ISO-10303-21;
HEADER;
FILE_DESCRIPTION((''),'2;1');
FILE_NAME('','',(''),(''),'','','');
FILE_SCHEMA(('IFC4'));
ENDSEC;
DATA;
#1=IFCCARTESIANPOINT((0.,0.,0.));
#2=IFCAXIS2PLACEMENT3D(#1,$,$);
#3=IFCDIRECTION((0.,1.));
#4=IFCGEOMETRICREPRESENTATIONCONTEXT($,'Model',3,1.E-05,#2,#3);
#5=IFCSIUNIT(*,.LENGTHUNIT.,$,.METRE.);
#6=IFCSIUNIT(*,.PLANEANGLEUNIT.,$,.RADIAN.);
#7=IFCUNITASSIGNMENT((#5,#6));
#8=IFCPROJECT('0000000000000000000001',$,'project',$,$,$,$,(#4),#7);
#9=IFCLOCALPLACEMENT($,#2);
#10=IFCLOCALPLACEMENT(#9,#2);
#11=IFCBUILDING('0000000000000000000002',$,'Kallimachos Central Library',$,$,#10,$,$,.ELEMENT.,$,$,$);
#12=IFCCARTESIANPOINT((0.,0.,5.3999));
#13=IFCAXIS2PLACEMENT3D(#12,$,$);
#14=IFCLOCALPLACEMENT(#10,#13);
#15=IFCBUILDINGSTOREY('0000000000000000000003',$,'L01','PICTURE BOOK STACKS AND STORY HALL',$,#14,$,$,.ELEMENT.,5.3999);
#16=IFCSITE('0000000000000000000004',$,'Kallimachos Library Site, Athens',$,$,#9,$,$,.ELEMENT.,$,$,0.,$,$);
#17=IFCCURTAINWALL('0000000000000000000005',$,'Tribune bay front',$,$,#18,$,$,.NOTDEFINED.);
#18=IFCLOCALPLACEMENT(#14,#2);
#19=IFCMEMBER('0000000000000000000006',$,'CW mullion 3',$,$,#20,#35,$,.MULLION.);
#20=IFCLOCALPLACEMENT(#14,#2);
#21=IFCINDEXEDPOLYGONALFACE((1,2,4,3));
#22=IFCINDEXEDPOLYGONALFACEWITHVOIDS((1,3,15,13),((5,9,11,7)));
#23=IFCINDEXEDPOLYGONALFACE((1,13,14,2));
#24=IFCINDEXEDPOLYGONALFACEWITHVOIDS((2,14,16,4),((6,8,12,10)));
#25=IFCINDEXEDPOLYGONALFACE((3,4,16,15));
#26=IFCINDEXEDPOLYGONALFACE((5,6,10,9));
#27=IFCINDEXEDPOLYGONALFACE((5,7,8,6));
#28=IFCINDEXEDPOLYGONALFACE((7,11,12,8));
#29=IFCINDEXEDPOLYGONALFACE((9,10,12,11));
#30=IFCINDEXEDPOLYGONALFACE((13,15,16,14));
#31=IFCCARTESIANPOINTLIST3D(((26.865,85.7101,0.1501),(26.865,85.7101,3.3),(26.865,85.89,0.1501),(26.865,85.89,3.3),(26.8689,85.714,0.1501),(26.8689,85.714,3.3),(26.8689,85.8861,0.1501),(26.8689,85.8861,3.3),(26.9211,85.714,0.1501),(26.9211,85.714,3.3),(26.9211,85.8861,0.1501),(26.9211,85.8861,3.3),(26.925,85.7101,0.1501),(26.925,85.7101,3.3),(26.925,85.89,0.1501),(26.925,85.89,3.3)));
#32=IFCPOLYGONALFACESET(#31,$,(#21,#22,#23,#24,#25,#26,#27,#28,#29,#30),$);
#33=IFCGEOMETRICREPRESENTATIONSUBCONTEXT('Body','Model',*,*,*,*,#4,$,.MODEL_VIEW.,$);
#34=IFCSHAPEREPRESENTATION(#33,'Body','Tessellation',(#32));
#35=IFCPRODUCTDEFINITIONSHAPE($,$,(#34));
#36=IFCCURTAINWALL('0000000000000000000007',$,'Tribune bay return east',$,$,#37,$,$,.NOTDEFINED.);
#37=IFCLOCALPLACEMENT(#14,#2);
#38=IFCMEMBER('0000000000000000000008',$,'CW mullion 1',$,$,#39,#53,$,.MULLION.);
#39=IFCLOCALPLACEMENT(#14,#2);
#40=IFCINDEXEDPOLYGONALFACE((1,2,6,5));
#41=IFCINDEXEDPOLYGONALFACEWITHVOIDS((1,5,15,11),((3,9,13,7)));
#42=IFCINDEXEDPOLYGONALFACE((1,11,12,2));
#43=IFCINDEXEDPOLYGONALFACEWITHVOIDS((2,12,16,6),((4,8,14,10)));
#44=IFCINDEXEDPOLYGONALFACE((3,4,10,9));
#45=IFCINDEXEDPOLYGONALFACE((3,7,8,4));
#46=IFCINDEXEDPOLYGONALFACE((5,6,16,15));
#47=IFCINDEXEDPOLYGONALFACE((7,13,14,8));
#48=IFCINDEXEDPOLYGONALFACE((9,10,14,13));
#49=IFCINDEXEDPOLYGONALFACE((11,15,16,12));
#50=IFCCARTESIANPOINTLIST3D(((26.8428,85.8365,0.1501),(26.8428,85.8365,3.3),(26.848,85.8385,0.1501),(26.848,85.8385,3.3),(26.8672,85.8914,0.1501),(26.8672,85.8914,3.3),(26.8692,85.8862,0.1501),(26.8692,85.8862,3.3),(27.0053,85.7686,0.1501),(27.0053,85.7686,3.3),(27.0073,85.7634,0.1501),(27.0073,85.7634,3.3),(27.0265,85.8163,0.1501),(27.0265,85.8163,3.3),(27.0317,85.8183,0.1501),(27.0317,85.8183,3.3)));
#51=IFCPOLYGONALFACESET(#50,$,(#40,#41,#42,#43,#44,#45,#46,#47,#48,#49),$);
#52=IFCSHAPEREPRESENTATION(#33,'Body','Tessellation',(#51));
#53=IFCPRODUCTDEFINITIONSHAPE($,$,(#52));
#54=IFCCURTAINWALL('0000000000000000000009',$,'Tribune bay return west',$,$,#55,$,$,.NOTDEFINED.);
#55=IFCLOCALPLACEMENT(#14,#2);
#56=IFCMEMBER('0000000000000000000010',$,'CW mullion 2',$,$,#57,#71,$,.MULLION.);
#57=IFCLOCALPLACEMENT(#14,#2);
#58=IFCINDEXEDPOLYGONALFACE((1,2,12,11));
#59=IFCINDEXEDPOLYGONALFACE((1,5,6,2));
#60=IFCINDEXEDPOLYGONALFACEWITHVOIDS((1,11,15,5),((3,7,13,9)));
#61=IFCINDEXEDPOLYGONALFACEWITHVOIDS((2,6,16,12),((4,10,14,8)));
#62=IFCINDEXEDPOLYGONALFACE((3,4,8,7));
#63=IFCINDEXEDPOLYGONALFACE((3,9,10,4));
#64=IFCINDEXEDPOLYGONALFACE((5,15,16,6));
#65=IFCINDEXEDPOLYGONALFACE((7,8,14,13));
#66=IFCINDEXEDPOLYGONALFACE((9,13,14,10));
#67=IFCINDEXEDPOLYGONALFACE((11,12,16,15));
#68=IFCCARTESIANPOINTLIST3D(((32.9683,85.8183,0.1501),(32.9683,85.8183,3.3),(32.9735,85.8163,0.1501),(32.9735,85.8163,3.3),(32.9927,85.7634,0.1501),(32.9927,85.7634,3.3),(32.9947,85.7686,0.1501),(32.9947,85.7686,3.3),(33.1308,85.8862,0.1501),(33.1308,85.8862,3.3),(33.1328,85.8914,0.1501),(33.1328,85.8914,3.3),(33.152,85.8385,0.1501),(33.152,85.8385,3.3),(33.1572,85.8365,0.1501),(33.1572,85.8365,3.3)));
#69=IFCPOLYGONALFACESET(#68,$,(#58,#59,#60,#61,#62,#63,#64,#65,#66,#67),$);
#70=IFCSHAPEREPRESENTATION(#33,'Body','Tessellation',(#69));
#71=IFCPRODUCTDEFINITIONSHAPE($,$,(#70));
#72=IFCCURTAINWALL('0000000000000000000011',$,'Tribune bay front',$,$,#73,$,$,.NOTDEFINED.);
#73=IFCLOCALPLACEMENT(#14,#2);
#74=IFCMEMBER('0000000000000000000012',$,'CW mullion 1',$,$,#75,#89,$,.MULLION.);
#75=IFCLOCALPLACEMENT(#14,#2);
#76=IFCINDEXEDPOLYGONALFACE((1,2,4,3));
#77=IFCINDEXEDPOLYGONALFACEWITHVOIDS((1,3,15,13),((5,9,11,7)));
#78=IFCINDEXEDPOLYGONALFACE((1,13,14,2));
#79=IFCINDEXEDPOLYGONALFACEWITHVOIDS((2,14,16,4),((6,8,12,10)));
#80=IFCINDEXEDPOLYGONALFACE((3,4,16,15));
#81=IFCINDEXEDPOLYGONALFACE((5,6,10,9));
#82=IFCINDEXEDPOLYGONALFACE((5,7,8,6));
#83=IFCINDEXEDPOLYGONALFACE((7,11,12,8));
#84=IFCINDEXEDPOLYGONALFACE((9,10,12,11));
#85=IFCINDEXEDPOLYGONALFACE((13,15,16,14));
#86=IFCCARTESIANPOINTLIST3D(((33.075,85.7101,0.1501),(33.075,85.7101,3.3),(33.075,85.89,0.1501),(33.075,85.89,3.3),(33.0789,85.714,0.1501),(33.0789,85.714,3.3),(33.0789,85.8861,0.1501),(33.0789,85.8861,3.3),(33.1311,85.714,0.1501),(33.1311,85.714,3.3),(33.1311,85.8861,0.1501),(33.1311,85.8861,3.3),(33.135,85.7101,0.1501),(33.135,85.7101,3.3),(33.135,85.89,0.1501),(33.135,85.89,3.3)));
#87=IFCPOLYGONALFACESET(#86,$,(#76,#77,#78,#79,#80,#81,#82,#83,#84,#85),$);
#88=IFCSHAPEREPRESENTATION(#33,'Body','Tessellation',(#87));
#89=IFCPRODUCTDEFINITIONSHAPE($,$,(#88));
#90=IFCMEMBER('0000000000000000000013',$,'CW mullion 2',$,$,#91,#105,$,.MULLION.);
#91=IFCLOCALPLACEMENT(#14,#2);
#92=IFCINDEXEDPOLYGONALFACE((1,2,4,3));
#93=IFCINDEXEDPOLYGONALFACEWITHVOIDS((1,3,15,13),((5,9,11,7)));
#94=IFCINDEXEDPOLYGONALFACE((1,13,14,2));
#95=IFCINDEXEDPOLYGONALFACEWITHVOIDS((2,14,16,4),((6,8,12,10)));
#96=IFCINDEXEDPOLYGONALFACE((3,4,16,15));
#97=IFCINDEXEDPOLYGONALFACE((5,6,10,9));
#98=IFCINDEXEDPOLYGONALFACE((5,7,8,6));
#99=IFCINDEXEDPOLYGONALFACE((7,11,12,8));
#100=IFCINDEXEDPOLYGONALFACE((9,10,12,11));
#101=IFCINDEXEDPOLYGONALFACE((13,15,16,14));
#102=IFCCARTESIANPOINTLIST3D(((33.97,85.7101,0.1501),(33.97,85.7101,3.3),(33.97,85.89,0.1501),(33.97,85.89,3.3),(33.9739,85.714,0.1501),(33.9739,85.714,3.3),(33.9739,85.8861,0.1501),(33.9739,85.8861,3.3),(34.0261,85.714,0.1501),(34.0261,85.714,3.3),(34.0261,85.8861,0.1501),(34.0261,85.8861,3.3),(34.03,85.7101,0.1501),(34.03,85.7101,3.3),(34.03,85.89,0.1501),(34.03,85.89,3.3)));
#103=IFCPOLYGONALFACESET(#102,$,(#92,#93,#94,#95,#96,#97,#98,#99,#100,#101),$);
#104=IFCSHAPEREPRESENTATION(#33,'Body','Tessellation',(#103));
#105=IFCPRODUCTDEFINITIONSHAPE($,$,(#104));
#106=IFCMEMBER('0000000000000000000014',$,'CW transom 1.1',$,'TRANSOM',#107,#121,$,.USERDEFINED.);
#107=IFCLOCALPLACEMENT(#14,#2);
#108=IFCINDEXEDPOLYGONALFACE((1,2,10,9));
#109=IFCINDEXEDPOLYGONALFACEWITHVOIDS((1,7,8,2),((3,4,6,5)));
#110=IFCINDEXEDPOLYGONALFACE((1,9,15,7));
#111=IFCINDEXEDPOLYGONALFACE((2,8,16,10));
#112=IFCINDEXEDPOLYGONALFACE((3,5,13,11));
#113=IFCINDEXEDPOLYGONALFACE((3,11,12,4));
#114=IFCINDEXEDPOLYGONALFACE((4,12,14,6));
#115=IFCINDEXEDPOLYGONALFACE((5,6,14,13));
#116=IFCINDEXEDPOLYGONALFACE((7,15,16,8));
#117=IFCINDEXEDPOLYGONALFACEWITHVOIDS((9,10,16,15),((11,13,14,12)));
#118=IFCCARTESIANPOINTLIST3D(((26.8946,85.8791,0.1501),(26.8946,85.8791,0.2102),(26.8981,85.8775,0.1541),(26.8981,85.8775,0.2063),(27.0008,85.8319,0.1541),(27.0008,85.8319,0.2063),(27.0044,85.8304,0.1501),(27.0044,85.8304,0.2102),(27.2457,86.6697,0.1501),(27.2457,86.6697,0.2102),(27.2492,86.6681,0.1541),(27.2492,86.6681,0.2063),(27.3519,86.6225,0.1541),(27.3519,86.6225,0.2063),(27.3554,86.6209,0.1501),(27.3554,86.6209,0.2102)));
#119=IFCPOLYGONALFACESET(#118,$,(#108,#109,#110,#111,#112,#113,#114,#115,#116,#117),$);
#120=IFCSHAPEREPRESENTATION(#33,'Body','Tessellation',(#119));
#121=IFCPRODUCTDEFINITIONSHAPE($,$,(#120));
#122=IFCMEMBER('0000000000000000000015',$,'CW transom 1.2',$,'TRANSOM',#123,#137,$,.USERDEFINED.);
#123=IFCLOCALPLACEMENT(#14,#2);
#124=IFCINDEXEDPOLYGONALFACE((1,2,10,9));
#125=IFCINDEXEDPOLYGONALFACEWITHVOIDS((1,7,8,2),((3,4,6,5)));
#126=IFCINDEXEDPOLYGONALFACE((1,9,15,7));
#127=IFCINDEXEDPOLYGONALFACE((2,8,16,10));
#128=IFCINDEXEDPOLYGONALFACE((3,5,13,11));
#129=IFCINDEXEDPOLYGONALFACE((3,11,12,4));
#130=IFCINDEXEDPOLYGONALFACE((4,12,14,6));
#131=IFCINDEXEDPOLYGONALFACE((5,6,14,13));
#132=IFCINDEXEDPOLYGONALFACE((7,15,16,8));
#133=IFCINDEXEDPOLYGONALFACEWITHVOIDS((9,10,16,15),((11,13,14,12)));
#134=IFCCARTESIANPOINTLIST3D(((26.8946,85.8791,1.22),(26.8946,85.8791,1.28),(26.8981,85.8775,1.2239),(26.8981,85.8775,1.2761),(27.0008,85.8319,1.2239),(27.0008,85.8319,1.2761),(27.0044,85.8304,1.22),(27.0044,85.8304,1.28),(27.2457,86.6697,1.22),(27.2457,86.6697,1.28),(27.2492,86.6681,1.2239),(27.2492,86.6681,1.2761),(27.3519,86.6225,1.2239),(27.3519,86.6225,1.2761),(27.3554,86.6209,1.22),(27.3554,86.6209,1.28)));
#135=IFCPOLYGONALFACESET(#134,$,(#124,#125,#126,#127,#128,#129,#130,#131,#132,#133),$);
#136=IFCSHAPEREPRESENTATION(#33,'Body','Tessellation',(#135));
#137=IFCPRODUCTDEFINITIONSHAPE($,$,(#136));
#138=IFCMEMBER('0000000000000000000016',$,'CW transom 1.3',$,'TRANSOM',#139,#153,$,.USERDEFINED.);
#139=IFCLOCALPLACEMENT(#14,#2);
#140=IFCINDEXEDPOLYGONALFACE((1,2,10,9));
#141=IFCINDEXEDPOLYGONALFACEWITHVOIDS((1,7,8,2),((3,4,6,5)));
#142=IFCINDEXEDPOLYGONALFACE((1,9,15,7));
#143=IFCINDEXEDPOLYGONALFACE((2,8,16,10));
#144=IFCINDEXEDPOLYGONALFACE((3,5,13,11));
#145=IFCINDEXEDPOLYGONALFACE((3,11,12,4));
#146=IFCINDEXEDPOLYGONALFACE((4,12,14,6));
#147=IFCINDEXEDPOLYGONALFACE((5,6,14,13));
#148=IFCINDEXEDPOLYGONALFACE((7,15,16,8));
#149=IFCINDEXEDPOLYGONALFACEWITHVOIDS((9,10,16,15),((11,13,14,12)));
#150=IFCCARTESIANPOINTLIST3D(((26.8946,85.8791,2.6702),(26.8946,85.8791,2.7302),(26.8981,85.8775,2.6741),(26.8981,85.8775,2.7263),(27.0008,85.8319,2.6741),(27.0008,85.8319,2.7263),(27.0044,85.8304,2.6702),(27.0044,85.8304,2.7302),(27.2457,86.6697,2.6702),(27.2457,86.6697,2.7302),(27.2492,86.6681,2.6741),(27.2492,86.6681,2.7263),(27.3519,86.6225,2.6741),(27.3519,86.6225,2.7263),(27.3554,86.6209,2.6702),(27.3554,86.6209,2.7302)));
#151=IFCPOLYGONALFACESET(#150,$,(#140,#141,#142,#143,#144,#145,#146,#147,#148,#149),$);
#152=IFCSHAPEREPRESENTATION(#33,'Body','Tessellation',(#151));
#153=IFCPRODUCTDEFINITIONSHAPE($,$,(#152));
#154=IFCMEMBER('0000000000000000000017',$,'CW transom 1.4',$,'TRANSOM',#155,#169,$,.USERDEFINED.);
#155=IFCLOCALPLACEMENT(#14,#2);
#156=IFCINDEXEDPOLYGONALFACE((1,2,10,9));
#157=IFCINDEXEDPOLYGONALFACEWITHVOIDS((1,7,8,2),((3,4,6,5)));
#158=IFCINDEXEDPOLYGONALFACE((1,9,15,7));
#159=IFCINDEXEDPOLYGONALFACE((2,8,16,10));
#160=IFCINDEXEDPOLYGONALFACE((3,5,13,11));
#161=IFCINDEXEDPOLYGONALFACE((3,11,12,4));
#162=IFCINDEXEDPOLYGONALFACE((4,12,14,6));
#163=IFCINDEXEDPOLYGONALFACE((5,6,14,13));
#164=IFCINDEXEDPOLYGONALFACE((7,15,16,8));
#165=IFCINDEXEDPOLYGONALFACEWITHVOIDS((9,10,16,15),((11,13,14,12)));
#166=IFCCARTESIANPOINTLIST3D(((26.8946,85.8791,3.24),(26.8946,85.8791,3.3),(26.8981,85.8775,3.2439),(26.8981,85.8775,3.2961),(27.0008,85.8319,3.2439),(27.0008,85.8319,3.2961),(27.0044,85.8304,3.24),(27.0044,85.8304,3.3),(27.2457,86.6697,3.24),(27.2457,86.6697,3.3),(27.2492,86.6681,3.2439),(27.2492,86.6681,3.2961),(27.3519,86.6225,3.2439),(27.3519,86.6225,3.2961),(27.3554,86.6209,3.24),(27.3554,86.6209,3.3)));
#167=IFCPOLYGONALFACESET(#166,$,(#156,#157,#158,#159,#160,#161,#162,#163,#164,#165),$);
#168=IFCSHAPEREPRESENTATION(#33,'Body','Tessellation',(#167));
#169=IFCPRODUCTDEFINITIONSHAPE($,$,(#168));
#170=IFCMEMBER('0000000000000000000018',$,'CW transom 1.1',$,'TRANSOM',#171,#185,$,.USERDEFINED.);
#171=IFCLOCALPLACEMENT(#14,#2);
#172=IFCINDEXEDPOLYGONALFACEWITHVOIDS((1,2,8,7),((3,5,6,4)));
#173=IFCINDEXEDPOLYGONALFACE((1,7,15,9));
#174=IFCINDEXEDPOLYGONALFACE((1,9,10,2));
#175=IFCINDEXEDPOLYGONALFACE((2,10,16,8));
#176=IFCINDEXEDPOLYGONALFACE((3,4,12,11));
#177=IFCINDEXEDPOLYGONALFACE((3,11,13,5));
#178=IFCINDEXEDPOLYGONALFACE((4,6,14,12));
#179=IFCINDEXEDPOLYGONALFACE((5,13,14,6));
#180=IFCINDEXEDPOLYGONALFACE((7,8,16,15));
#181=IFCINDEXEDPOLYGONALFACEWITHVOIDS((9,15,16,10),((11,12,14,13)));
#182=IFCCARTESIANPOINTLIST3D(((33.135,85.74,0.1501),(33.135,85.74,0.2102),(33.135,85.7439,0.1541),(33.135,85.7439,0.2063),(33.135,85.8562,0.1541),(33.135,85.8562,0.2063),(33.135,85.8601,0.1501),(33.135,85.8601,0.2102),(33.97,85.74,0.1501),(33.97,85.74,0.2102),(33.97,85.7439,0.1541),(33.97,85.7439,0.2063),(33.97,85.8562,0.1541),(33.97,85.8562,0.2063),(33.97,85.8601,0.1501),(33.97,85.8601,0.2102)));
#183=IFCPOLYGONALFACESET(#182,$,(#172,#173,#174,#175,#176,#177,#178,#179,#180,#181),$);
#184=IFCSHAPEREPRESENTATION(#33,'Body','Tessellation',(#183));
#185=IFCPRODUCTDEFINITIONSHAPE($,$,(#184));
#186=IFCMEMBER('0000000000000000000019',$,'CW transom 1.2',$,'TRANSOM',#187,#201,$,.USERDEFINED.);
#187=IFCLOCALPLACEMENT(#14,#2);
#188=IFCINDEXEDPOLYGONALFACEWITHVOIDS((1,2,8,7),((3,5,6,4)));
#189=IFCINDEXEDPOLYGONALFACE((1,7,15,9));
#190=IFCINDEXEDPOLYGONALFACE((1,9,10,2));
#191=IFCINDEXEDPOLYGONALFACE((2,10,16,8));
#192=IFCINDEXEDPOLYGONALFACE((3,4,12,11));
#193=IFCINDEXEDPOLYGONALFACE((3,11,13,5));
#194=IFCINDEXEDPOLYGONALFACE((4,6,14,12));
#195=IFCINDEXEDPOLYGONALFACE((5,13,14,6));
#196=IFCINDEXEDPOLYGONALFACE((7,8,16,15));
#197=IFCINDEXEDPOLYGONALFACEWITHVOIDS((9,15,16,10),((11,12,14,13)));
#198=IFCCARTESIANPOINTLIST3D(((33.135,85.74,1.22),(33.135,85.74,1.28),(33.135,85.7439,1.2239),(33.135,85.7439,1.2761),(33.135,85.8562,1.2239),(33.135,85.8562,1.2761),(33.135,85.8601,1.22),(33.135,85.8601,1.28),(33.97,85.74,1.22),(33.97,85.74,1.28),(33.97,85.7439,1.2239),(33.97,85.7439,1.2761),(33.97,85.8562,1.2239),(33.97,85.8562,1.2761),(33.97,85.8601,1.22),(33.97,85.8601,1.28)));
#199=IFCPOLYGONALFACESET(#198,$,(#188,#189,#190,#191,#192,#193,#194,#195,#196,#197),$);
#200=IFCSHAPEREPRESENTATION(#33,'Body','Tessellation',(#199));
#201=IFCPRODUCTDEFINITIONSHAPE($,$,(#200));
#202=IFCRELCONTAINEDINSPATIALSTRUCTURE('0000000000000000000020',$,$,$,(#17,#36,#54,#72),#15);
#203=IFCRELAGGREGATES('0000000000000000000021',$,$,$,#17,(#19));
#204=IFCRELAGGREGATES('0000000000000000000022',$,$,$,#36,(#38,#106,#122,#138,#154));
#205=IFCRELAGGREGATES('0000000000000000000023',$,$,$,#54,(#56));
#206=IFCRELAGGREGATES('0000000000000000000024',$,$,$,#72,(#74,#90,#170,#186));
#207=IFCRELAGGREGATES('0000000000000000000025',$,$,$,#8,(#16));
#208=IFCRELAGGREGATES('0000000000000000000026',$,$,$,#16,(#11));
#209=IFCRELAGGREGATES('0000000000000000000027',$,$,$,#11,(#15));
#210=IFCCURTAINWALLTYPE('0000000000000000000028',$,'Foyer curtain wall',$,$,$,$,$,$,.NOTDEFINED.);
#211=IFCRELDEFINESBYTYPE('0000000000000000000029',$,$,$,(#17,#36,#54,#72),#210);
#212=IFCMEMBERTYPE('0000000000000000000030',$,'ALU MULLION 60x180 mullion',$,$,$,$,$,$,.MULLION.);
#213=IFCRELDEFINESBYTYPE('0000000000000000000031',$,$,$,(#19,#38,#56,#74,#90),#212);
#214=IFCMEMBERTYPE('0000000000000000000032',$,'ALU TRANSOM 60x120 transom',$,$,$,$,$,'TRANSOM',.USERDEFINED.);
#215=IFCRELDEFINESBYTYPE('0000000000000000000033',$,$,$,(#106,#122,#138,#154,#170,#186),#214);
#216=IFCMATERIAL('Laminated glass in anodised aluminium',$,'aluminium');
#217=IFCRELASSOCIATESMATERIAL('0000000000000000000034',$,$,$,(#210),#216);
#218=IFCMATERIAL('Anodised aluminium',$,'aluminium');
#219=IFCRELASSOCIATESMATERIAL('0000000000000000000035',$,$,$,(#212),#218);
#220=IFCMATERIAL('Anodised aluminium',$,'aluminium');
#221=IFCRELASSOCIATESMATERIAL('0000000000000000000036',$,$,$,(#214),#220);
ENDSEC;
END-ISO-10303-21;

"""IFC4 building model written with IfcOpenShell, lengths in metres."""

from ifc_helpers import new_model, si_unit, direction, frame, origin, origin_2d, place, context, subcontext, project, spatial, hollow_rectangle, extrude, material, material_profile, profile_set, type_object, element, aggregate, save


model = new_model("IFC4")

# Units and contexts
model_context = context("Model", 3, precision=1e-05, world=origin(), true_north=direction((0.0, 1.0)))
body_context = subcontext(model_context, "Body", "Model", "MODEL_VIEW")
ifc_project = project(units=[si_unit("LENGTHUNIT", "METRE"), si_unit("PLANEANGLEUNIT", "RADIAN")], contexts=[model_context])

# Site, building, storey
site_placement = place(None, origin())
site = spatial("IfcSite", under=ifc_project, at=site_placement, Name="Kallimachos Library Site, Athens", CompositionType="ELEMENT", RefElevation=0.0)
building_placement = place(site_placement, origin())
building = spatial("IfcBuilding", under=site, at=building_placement, Name="Kallimachos Central Library", CompositionType="ELEMENT")
storey_placement = place(building_placement, frame((0.0, 0.0, 5.3999)))
storey = spatial("IfcBuildingStorey", under=building, at=storey_placement, Name="L01", Description="PICTURE BOOK STACKS AND STORY HALL", CompositionType="ELEMENT", Elevation=5.3999)

# Curtain walls, members
ifc_material_1 = material(Name="Laminated glass in anodised aluminium", Category="aluminium")
curtain_wall_type = type_object("IfcCurtainWallType", Name="Foyer curtain wall", PredefinedType="NOTDEFINED", material=ifc_material_1)
curtain_wall_1_placement = place(storey_placement, origin())
curtain_wall_1 = element("IfcCurtainWall", 1, at=curtain_wall_1_placement, inside=storey, type_object=curtain_wall_type, Name="Tribune bay front", PredefinedType="NOTDEFINED")
ifc_material_2 = material(Name="Anodised aluminium", Category="aluminium")
ifc_material_profile_1 = material_profile(ifc_material_2, hollow_rectangle(XDim=0.0601, YDim=0.1799, WallThickness=0.0039, at=origin_2d()), Name="ALU MULLION 60x180")
ifc_profile_set_1 = profile_set([ifc_material_profile_1], Name="Anodised aluminium")
member_type_1 = type_object("IfcMemberType", Name="ALU MULLION 60x180 mullion", PredefinedType="MULLION", material=ifc_profile_set_1)
member_1_placement = place(storey_placement, frame((26.895, 85.8, 0.1501), z_axis=(0.0, 0.0, 1.0), x_axis=(1.0, 0.0, 0.0)))
member_1 = element("IfcMember", 2, at=member_1_placement, type_object=member_type_1, Name="CW mullion 3", PredefinedType="MULLION", context=body_context, shape_type="SweptSolid", body=[
    extrude(hollow_rectangle(XDim=0.0601, YDim=0.1799, WallThickness=0.0039, at=origin_2d()), origin(), (0.0, 0.0, 1.0), 3.1499),
])
aggregate(curtain_wall_1, [member_1])
curtain_wall_2_placement = place(storey_placement, origin())
curtain_wall_2 = element("IfcCurtainWall", 3, at=curtain_wall_2_placement, inside=storey, type_object=curtain_wall_type, Name="Tribune bay return east", PredefinedType="NOTDEFINED")
member_2_placement = place(storey_placement, frame((26.9373, 85.8274, 0.1501), z_axis=(0.0, 0.0, 1.0), x_axis=(0.406138, 0.913812, 0.0)))
member_2 = element("IfcMember", 4, at=member_2_placement, type_object=member_type_1, Name="CW mullion 1", PredefinedType="MULLION", context=body_context, shape_type="SweptSolid", body=[
    extrude(hollow_rectangle(XDim=0.0601, YDim=0.1799, WallThickness=0.0039, at=origin_2d()), origin(), (0.0, 0.0, 1.0), 3.1499),
])
curtain_wall_3_placement = place(storey_placement, origin())
curtain_wall_3 = element("IfcCurtainWall", 5, at=curtain_wall_3_placement, inside=storey, type_object=curtain_wall_type, Name="Tribune bay return west", PredefinedType="NOTDEFINED")
member_3_placement = place(storey_placement, frame((33.0627, 85.8274, 0.1501), z_axis=(0.0, 0.0, 1.0), x_axis=(0.406138, -0.913812, 0.0)))
member_3 = element("IfcMember", 6, at=member_3_placement, type_object=member_type_1, Name="CW mullion 2", PredefinedType="MULLION", context=body_context, shape_type="SweptSolid", body=[
    extrude(hollow_rectangle(XDim=0.0601, YDim=0.1799, WallThickness=0.0039, at=origin_2d()), origin(), (0.0, 0.0, 1.0), 3.1499),
])

# Curtain wall, members
curtain_wall_4_placement = place(storey_placement, origin())
curtain_wall_4 = element("IfcCurtainWall", 7, at=curtain_wall_4_placement, inside=storey, type_object=curtain_wall_type, Name="Tribune bay front", PredefinedType="NOTDEFINED")
member_4_placement = place(storey_placement, frame((33.105, 85.8, 0.1501), z_axis=(0.0, 0.0, 1.0), x_axis=(1.0, 0.0, 0.0)))
member_4 = element("IfcMember", 8, at=member_4_placement, type_object=member_type_1, Name="CW mullion 1", PredefinedType="MULLION", context=body_context, shape_type="SweptSolid", body=[
    extrude(hollow_rectangle(XDim=0.0601, YDim=0.1799, WallThickness=0.0039, at=origin_2d()), origin(), (0.0, 0.0, 1.0), 3.1499),
])
member_5_placement = place(storey_placement, frame((34.0, 85.8, 0.1501), z_axis=(0.0, 0.0, 1.0), x_axis=(1.0, 0.0, 0.0)))
member_5 = element("IfcMember", 9, at=member_5_placement, type_object=member_type_1, Name="CW mullion 2", PredefinedType="MULLION", context=body_context, shape_type="SweptSolid", body=[
    extrude(hollow_rectangle(XDim=0.0601, YDim=0.1799, WallThickness=0.0039, at=origin_2d()), origin(), (0.0, 0.0, 1.0), 3.1499),
])

# Members
ifc_material_3 = material(Name="Anodised aluminium", Category="aluminium")
ifc_material_profile_2 = material_profile(ifc_material_3, hollow_rectangle(XDim=0.0601, YDim=0.1201, WallThickness=0.0039, at=origin_2d()), Name="ALU TRANSOM 60x120")
ifc_profile_set_2 = profile_set([ifc_material_profile_2], Name="Anodised aluminium")
member_type_2 = type_object("IfcMemberType", Name="ALU TRANSOM 60x120 transom", ElementType="TRANSOM", PredefinedType="USERDEFINED", material=ifc_profile_set_2)
member_6_placement = place(storey_placement, frame((26.9495, 85.8547, 0.1802), z_axis=(0.405877, 0.913928, 0.0), x_axis=(0.0, 0.0, 1.0)))
member_6 = element("IfcMember", 10, at=member_6_placement, type_object=member_type_2, Name="CW transom 1.1", ObjectType="TRANSOM", PredefinedType="USERDEFINED", context=body_context, shape_type="SweptSolid", body=[
    extrude(hollow_rectangle(XDim=0.0601, YDim=0.1201, WallThickness=0.0039, at=origin_2d()), origin(), (0.0, 0.0, 1.0), 0.865),
])
member_7_placement = place(storey_placement, frame((26.9495, 85.8547, 1.25), z_axis=(0.405877, 0.913928, 0.0), x_axis=(0.0, 0.0, 1.0)))
member_7 = element("IfcMember", 11, at=member_7_placement, type_object=member_type_2, Name="CW transom 1.2", ObjectType="TRANSOM", PredefinedType="USERDEFINED", context=body_context, shape_type="SweptSolid", body=[
    extrude(hollow_rectangle(XDim=0.0601, YDim=0.1201, WallThickness=0.0039, at=origin_2d()), origin(), (0.0, 0.0, 1.0), 0.865),
])
member_8_placement = place(storey_placement, frame((26.9495, 85.8547, 2.7002), z_axis=(0.405877, 0.913928, 0.0), x_axis=(0.0, 0.0, 1.0)))
member_8 = element("IfcMember", 12, at=member_8_placement, type_object=member_type_2, Name="CW transom 1.3", ObjectType="TRANSOM", PredefinedType="USERDEFINED", context=body_context, shape_type="SweptSolid", body=[
    extrude(hollow_rectangle(XDim=0.0601, YDim=0.1201, WallThickness=0.0039, at=origin_2d()), origin(), (0.0, 0.0, 1.0), 0.865),
])
member_9_placement = place(storey_placement, frame((26.9495, 85.8547, 3.27), z_axis=(0.405877, 0.913928, 0.0), x_axis=(0.0, 0.0, 1.0)))
member_9 = element("IfcMember", 13, at=member_9_placement, type_object=member_type_2, Name="CW transom 1.4", ObjectType="TRANSOM", PredefinedType="USERDEFINED", context=body_context, shape_type="SweptSolid", body=[
    extrude(hollow_rectangle(XDim=0.0601, YDim=0.1201, WallThickness=0.0039, at=origin_2d()), origin(), (0.0, 0.0, 1.0), 0.865),
])
member_10_placement = place(storey_placement, frame((33.135, 85.8, 0.1802), z_axis=(1.0, 0.0, 0.0), x_axis=(0.0, 0.0, 1.0)))
member_10 = element("IfcMember", 14, at=member_10_placement, type_object=member_type_2, Name="CW transom 1.1", ObjectType="TRANSOM", PredefinedType="USERDEFINED", context=body_context, shape_type="SweptSolid", body=[
    extrude(hollow_rectangle(XDim=0.0601, YDim=0.1201, WallThickness=0.0039, at=origin_2d()), origin(), (0.0, 0.0, 1.0), 0.835),
])
member_11_placement = place(storey_placement, frame((33.135, 85.8, 1.25), z_axis=(1.0, 0.0, 0.0), x_axis=(0.0, 0.0, 1.0)))
member_11 = element("IfcMember", 15, at=member_11_placement, type_object=member_type_2, Name="CW transom 1.2", ObjectType="TRANSOM", PredefinedType="USERDEFINED", context=body_context, shape_type="SweptSolid", body=[
    extrude(hollow_rectangle(XDim=0.0601, YDim=0.1201, WallThickness=0.0039, at=origin_2d()), origin(), (0.0, 0.0, 1.0), 0.835),
])

aggregate(curtain_wall_2, [member_2, member_6, member_7, member_8, member_9])
aggregate(curtain_wall_3, [member_3])
aggregate(curtain_wall_4, [member_4, member_5, member_10, member_11])

save(model, "model.ifc")
